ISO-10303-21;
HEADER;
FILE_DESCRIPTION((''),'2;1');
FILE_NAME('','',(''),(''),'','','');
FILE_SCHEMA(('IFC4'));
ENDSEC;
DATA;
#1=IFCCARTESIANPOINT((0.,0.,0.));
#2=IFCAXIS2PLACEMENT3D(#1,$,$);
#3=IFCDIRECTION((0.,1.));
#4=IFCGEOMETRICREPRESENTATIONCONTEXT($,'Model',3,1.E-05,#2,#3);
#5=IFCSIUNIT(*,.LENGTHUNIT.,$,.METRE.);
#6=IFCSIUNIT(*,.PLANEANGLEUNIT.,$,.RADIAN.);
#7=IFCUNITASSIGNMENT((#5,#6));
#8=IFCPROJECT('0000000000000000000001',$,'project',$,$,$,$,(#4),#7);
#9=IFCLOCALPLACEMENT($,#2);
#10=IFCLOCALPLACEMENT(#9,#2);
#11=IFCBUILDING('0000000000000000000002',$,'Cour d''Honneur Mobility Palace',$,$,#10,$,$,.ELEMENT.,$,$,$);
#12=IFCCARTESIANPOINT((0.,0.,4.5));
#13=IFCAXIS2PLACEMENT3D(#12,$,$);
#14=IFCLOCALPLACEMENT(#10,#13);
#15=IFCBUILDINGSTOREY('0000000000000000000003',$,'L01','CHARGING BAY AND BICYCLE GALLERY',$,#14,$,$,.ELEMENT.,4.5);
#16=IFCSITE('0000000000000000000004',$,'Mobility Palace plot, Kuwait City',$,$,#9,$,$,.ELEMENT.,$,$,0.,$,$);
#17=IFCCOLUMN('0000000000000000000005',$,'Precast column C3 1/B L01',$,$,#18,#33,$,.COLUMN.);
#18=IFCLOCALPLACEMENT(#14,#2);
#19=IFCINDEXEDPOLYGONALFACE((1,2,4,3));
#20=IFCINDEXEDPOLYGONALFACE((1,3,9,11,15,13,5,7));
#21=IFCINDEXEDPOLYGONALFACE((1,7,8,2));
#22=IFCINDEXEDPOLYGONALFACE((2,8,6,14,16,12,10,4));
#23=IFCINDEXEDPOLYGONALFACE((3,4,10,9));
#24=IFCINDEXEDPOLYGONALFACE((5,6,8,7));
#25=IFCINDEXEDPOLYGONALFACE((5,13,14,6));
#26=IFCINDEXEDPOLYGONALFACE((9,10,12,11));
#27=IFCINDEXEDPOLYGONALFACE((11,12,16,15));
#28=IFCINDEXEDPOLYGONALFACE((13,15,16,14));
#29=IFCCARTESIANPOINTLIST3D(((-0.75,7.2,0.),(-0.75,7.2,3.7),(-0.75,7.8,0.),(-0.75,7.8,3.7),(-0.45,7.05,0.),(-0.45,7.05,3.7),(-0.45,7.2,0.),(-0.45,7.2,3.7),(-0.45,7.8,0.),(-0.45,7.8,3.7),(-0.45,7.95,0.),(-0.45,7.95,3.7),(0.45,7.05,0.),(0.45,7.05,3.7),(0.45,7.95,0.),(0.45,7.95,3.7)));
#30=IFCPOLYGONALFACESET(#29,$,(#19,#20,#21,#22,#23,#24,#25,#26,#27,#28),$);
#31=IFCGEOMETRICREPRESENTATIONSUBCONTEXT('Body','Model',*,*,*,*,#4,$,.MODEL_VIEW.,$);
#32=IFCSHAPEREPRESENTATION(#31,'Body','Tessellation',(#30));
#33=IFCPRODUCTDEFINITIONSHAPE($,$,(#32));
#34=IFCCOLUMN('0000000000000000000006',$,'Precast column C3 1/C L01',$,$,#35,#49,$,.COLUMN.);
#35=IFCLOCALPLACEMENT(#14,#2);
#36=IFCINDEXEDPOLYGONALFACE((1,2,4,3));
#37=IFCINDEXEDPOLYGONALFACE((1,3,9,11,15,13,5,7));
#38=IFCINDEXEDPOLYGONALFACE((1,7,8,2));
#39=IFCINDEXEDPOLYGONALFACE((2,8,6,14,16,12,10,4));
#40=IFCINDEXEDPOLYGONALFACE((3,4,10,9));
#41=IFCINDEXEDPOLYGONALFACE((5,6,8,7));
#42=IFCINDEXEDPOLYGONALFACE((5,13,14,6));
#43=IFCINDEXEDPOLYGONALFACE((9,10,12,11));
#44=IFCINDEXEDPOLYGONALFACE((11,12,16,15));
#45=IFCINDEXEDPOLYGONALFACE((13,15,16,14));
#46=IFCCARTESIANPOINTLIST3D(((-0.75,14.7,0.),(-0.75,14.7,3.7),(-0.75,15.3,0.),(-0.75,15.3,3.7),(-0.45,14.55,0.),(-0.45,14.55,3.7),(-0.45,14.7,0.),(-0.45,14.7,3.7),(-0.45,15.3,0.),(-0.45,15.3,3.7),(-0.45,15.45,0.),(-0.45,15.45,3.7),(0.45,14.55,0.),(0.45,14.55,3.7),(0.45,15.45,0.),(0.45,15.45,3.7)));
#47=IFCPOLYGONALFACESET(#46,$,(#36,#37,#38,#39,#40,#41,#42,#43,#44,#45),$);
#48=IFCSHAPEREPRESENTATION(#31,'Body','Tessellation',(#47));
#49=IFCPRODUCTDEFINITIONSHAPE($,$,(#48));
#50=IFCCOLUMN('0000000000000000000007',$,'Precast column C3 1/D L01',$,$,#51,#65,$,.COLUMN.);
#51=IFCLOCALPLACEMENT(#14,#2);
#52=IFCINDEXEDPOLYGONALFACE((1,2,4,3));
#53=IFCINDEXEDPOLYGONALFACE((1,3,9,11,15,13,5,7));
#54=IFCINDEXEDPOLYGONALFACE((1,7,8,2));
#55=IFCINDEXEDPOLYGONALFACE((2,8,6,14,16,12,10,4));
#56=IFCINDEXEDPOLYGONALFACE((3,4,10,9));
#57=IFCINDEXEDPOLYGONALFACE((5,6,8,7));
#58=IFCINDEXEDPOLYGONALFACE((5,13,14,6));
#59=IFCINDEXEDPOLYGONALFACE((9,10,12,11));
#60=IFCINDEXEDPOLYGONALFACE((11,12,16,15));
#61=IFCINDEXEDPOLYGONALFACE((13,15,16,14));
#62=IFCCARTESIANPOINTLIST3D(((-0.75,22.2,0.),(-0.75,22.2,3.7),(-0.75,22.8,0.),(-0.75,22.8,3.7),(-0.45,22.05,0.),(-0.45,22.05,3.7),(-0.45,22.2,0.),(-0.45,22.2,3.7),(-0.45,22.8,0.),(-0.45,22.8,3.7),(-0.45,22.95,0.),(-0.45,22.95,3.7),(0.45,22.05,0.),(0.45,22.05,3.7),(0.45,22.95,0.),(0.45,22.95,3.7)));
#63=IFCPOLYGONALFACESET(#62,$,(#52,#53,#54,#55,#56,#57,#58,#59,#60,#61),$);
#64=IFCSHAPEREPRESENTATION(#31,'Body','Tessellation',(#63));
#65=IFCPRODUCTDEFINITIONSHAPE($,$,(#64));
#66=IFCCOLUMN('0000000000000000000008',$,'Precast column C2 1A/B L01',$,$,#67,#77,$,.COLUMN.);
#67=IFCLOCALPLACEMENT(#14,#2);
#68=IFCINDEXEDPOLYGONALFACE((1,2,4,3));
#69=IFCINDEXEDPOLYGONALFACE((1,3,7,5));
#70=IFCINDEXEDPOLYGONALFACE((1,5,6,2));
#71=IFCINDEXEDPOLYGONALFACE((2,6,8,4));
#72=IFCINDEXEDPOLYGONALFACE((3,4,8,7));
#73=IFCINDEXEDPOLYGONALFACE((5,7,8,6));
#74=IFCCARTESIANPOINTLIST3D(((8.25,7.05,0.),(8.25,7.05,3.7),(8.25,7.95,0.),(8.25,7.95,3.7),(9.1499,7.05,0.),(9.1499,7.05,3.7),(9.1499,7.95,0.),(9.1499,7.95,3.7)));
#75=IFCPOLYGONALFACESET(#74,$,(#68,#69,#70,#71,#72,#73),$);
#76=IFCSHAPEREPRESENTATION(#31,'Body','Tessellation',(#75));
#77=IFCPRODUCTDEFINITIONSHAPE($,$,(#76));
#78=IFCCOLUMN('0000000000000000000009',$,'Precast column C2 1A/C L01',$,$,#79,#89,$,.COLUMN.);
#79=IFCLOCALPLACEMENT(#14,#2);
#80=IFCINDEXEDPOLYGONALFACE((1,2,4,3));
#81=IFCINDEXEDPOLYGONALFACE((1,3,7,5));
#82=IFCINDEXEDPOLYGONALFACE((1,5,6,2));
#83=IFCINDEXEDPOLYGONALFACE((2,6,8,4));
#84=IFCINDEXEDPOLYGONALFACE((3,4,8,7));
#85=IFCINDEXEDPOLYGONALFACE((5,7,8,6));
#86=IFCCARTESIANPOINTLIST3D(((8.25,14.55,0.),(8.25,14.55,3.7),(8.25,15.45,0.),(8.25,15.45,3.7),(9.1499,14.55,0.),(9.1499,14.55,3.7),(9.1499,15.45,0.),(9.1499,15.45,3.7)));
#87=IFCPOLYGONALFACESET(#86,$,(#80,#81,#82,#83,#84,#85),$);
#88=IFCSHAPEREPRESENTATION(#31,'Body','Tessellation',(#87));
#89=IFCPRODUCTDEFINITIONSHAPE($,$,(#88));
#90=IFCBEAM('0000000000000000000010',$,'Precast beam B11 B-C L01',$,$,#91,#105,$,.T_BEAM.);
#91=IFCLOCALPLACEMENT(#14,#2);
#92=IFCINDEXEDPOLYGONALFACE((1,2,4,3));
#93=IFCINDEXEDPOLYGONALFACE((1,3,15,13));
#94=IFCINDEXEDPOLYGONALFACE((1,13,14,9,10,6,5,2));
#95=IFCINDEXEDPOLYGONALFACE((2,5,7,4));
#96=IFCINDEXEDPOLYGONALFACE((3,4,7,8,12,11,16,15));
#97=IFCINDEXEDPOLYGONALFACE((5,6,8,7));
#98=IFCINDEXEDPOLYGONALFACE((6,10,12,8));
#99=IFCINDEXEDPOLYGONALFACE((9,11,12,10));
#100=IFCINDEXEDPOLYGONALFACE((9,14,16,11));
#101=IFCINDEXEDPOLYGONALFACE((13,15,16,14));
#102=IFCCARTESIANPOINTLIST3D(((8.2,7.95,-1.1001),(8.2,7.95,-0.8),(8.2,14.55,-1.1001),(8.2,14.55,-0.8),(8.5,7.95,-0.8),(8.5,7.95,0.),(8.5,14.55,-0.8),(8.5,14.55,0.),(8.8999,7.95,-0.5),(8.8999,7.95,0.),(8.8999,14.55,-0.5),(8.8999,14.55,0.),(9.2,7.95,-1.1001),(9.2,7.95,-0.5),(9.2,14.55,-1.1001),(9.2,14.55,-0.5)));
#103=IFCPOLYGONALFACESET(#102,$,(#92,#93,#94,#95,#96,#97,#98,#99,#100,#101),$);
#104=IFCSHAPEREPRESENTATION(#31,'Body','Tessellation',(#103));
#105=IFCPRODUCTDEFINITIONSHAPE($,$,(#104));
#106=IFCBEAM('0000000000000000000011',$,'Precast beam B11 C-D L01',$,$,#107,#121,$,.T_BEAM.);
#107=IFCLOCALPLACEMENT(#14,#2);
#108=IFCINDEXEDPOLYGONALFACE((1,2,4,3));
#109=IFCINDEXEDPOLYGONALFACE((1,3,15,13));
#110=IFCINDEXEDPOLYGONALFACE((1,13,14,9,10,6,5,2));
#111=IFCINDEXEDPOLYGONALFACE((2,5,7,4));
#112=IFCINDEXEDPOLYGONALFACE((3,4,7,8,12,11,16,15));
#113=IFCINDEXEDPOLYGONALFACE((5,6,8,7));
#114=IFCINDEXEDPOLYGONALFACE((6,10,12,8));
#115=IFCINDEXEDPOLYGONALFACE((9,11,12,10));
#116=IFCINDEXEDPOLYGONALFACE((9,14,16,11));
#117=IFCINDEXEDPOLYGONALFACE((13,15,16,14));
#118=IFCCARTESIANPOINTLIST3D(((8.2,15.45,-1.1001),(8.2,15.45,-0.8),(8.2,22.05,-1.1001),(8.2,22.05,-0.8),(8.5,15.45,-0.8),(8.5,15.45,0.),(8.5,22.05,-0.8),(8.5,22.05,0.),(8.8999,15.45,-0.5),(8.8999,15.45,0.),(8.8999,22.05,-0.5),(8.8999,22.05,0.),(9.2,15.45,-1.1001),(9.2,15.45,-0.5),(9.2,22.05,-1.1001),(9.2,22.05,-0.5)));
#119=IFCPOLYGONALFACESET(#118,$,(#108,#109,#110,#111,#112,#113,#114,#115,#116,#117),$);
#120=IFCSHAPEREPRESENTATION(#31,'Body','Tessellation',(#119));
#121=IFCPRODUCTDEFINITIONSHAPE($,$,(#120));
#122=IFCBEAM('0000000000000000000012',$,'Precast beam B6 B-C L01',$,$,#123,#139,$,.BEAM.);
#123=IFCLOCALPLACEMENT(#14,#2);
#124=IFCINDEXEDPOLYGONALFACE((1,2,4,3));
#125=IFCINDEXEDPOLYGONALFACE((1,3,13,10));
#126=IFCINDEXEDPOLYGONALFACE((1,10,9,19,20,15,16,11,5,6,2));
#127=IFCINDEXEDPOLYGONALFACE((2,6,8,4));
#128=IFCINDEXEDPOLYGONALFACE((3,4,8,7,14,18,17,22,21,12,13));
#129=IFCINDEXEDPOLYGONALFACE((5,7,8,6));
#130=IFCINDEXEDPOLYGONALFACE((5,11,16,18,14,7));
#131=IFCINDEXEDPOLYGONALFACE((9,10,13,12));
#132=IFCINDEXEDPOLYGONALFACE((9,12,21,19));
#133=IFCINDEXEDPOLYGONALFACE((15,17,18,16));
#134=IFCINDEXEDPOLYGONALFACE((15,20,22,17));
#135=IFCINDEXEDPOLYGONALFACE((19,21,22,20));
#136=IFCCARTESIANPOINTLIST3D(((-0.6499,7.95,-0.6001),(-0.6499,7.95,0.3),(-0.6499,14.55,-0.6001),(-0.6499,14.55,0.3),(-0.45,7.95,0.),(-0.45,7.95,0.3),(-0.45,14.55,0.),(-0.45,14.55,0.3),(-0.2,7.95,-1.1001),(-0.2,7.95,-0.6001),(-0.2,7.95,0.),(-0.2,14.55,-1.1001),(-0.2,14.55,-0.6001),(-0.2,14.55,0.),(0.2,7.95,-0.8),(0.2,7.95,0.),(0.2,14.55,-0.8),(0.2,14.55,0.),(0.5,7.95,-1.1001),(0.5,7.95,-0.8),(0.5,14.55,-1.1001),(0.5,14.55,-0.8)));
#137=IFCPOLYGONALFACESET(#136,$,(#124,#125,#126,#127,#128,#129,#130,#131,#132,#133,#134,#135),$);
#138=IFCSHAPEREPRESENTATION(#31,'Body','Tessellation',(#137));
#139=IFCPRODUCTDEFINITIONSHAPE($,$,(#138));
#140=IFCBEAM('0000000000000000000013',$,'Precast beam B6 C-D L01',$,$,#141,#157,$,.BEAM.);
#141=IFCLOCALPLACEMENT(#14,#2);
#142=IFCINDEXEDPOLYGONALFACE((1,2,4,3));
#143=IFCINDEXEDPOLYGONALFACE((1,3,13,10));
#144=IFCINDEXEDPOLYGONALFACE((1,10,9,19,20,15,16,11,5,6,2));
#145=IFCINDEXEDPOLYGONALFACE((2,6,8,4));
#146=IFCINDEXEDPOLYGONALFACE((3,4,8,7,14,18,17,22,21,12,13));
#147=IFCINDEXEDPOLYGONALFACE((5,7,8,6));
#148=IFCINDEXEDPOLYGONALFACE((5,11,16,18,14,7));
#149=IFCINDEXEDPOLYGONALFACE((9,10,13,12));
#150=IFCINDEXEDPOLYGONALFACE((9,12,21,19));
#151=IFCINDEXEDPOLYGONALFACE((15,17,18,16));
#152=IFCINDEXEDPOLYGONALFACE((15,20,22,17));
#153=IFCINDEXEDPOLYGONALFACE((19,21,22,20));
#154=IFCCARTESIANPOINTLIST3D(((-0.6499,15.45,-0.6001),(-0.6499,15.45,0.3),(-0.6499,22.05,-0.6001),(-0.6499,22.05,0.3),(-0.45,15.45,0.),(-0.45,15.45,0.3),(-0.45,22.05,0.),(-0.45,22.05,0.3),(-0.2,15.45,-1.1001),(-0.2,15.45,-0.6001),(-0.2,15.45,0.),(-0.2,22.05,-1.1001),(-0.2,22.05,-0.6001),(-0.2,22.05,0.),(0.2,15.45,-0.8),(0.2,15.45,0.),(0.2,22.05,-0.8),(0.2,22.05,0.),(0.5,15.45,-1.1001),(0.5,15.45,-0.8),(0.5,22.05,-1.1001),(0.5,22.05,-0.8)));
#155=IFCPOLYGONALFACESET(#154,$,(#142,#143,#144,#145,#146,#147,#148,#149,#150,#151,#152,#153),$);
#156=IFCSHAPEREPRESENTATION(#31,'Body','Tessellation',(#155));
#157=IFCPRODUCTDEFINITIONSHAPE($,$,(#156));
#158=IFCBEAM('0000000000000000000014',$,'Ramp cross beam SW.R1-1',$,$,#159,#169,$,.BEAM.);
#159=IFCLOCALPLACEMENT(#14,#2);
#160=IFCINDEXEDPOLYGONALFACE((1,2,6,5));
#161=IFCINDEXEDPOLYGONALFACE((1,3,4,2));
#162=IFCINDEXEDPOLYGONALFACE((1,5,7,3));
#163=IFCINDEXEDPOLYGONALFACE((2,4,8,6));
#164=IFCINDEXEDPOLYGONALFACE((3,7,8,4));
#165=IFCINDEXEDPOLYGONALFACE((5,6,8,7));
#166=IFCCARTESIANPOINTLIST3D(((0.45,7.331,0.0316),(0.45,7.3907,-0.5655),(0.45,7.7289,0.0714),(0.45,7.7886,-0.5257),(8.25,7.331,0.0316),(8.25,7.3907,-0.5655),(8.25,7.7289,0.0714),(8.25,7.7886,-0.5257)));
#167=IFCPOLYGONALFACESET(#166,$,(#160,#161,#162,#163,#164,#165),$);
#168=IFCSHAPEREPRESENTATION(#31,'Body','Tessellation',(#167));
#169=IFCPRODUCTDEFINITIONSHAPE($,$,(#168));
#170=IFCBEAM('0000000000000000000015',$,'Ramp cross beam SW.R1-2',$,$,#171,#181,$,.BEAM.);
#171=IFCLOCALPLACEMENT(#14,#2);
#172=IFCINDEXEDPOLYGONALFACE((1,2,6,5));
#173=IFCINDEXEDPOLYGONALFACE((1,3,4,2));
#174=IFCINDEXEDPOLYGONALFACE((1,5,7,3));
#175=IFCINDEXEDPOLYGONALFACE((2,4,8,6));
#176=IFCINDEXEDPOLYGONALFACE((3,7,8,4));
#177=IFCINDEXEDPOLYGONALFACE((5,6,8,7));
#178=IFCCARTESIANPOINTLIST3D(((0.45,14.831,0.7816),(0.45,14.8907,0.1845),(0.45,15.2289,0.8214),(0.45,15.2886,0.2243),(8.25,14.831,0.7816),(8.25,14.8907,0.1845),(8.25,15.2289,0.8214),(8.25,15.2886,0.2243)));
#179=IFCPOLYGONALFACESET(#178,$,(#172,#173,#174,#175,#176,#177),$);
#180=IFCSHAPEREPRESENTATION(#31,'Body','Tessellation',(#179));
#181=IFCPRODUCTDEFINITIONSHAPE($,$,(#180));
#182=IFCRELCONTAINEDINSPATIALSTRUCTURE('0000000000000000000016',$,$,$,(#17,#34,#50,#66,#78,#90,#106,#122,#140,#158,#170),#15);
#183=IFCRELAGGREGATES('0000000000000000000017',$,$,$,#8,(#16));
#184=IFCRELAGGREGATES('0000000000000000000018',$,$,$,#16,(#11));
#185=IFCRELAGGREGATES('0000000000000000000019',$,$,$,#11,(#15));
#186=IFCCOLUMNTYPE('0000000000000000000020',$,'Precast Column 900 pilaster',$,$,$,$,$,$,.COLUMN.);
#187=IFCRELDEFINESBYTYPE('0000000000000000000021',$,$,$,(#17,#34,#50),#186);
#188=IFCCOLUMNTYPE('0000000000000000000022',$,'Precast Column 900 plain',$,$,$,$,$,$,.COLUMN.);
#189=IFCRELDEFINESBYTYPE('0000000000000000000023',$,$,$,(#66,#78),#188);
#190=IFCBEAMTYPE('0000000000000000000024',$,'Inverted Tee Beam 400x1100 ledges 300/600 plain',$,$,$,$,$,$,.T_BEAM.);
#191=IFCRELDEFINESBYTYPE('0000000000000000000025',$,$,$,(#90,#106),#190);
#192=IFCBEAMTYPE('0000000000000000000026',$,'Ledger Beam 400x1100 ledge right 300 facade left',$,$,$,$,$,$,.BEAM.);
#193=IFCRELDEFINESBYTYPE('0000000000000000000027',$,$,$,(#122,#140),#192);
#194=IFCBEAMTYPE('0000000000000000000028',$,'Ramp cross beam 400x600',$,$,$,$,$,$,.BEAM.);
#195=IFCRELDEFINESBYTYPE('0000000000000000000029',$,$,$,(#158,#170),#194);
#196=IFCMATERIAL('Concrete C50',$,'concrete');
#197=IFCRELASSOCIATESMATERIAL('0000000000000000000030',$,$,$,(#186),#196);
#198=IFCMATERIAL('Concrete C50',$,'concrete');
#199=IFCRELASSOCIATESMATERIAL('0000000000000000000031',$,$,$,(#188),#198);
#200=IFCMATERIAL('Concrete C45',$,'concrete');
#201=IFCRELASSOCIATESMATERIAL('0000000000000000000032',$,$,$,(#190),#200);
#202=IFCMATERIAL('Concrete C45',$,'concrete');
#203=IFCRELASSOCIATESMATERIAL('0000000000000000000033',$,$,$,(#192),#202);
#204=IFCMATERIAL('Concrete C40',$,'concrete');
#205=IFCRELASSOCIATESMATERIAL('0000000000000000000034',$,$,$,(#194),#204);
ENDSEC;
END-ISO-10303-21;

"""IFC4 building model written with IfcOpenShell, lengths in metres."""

from ifc_helpers import new_model, si_unit, direction, frame, origin, origin_2d, place, context, subcontext, project, spatial, polyline, rectangle, outline, extrude, material, material_profile, profile_set, type_object, element, save


model = new_model("IFC4")

# Units and contexts
model_context = context("Model", 3, precision=1e-05, world=origin(), true_north=direction((0.0, 1.0)))
body_context = subcontext(model_context, "Body", "Model", "MODEL_VIEW")
ifc_project = project(units=[si_unit("LENGTHUNIT", "METRE"), si_unit("PLANEANGLEUNIT", "RADIAN")], contexts=[model_context])

# Site, building, storey
site_placement = place(None, origin())
site = spatial("IfcSite", under=ifc_project, at=site_placement, Name="Mobility Palace plot, Kuwait City", CompositionType="ELEMENT", RefElevation=0.0)
building_placement = place(site_placement, origin())
building = spatial("IfcBuilding", under=site, at=building_placement, Name="Cour d'Honneur Mobility Palace", CompositionType="ELEMENT")
storey_placement = place(building_placement, frame((0.0, 0.0, 4.5)))
storey = spatial("IfcBuildingStorey", under=building, at=storey_placement, Name="L01", Description="CHARGING BAY AND BICYCLE GALLERY", CompositionType="ELEMENT", Elevation=4.5)

# Columns
ifc_material_1 = material(Name="Concrete C50", Category="concrete")
ifc_material_profile_1 = material_profile(ifc_material_1, outline(polyline([(-0.45, -0.45), (0.45, -0.45), (0.45, -0.3), (0.75, -0.3), (0.75, 0.3), (0.45, 0.3), (0.45, 0.45), (-0.45, 0.45), (-0.45, -0.45)])), Name="PC C900 pilaster")
ifc_profile_set_1 = profile_set([ifc_material_profile_1], Name="Concrete C50")
column_type_1 = type_object("IfcColumnType", Name="Precast Column 900 pilaster", PredefinedType="COLUMN", material=ifc_profile_set_1)
for number, where, z_axis, x_axis, name in (
    (1, (0.0, 7.5, 0.0), (0.0, 0.0, 1.0), (-1.0, 0.0, 0.0), "Precast column C3 1/B L01"),
    (2, (0.0, 15.0, 0.0), (0.0, 0.0, 1.0), (-1.0, 0.0, 0.0), "Precast column C3 1/C L01"),
    (3, (0.0, 22.5, 0.0), (0.0, 0.0, 1.0), (-1.0, 0.0, 0.0), "Precast column C3 1/D L01"),
):
    element("IfcColumn", number, at=place(storey_placement, frame(where, z_axis=z_axis, x_axis=x_axis)), inside=storey, type_object=column_type_1, Name=name, PredefinedType="COLUMN", context=body_context, shape_type="SweptSolid", body=[
        extrude(outline(polyline([(-0.45, -0.45), (0.45, -0.45), (0.45, -0.3), (0.75, -0.3), (0.75, 0.3), (0.45, 0.3), (0.45, 0.45), (-0.45, 0.45), (-0.45, -0.45)])), origin(), (0.0, 0.0, 1.0), 3.7),
    ])
ifc_material_2 = material(Name="Concrete C50", Category="concrete")
ifc_material_profile_2 = material_profile(ifc_material_2, outline(polyline([(-0.45, -0.45), (0.45, -0.45), (0.45, 0.45), (-0.45, 0.45), (-0.45, -0.45)])), Name="PC C900 plain")
ifc_profile_set_2 = profile_set([ifc_material_profile_2], Name="Concrete C50")
column_type_2 = type_object("IfcColumnType", Name="Precast Column 900 plain", PredefinedType="COLUMN", material=ifc_profile_set_2)
for number, where, z_axis, x_axis, name in (
    (4, (8.7, 7.5, 0.0), (0.0, 0.0, 1.0), (1.0, 0.0, 0.0), "Precast column C2 1A/B L01"),
    (5, (8.7, 15.0, 0.0), (0.0, 0.0, 1.0), (1.0, 0.0, 0.0), "Precast column C2 1A/C L01"),
):
    element("IfcColumn", number, at=place(storey_placement, frame(where, z_axis=z_axis, x_axis=x_axis)), inside=storey, type_object=column_type_2, Name=name, PredefinedType="COLUMN", context=body_context, shape_type="SweptSolid", body=[
        extrude(outline(polyline([(-0.45, -0.45), (0.45, -0.45), (0.45, 0.45), (-0.45, 0.45), (-0.45, -0.45)])), origin(), (0.0, 0.0, 1.0), 3.7),
    ])

# Beams
ifc_material_3 = material(Name="Concrete C45", Category="concrete")
ifc_material_profile_3 = material_profile(ifc_material_3, outline(polyline([(0.5, -1.1001), (0.5, -0.8), (0.2, -0.8), (0.2, 0.0), (-0.2, 0.0), (-0.2, -0.5), (-0.5, -0.5), (-0.5, -1.1001), (0.5, -1.1001)])), Name="Inverted Tee Beam 400x1100 ledges 300/600 plain")
ifc_profile_set_3 = profile_set([ifc_material_profile_3], Name="Concrete C45")
beam_type_1 = type_object("IfcBeamType", Name="Inverted Tee Beam 400x1100 ledges 300/600 plain", PredefinedType="T_BEAM", material=ifc_profile_set_3)
for number, where, z_axis, x_axis, name in (
    (6, (8.7, 7.95, 0.0), (0.0, 1.0, 0.0), (-1.0, 0.0, 0.0), "Precast beam B11 B-C L01"),
    (7, (8.7, 15.45, 0.0), (0.0, 1.0, 0.0), (-1.0, 0.0, 0.0), "Precast beam B11 C-D L01"),
):
    element("IfcBeam", number, at=place(storey_placement, frame(where, z_axis=z_axis, x_axis=x_axis)), inside=storey, type_object=beam_type_1, Name=name, PredefinedType="T_BEAM", context=body_context, shape_type="SweptSolid", body=[
        extrude(outline(polyline([(0.5, -1.1001), (0.5, -0.8), (0.2, -0.8), (0.2, 0.0), (-0.2, 0.0), (-0.2, -0.5), (-0.5, -0.5), (-0.5, -1.1001), (0.5, -1.1001)])), origin(), (0.0, 0.0, 1.0), 6.6001),
    ])
ifc_material_4 = material(Name="Concrete C45", Category="concrete")
ifc_material_profile_4 = material_profile(ifc_material_4, outline(polyline([(0.2, -1.1001), (0.2, -0.6001), (0.6499, -0.6001), (0.6499, 0.3), (0.45, 0.3), (0.45, 0.0), (0.2, 0.0), (-0.2, 0.0), (-0.2, -0.8), (-0.5, -0.8), (-0.5, -1.1001), (0.2, -1.1001)])), Name="Ledger Beam 400x1100 ledge right 300 facade left")
ifc_profile_set_4 = profile_set([ifc_material_profile_4], Name="Concrete C45")
beam_type_2 = type_object("IfcBeamType", Name="Ledger Beam 400x1100 ledge right 300 facade left", PredefinedType="BEAM", material=ifc_profile_set_4)
for number, where, z_axis, x_axis, name in (
    (8, (0.0, 7.95, 0.0), (0.0, 1.0, 0.0), (-1.0, 0.0, 0.0), "Precast beam B6 B-C L01"),
    (9, (0.0, 15.45, 0.0), (0.0, 1.0, 0.0), (-1.0, 0.0, 0.0), "Precast beam B6 C-D L01"),
):
    element("IfcBeam", number, at=place(storey_placement, frame(where, z_axis=z_axis, x_axis=x_axis)), inside=storey, type_object=beam_type_2, Name=name, PredefinedType="BEAM", context=body_context, shape_type="SweptSolid", body=[
        extrude(outline(polyline([(0.2, -1.1001), (0.2, -0.6001), (0.6499, -0.6001), (0.6499, 0.3), (0.45, 0.3), (0.45, 0.0), (0.2, 0.0), (-0.2, 0.0), (-0.2, -0.8), (-0.5, -0.8), (-0.5, -1.1001), (0.2, -1.1001)])), origin(), (0.0, 0.0, 1.0), 6.6001),
    ])
ifc_material_5 = material(Name="Concrete C40", Category="concrete")
ifc_material_profile_5 = material_profile(ifc_material_5, rectangle(XDim=0.3999, YDim=0.6001, at=origin_2d()), Name="Ramp cross beam 400x600")
ifc_profile_set_5 = profile_set([ifc_material_profile_5], Name="Concrete C40")
beam_type_3 = type_object("IfcBeamType", Name="Ramp cross beam 400x600", PredefinedType="BEAM", material=ifc_profile_set_5)
for number, where, z_axis, x_axis, name in (
    (10, (0.45, 7.5598, -0.2471), (1.0, 0.0, 0.0), (0.0, 0.995037, 0.099504), "Ramp cross beam SW.R1-1"),
    (11, (0.45, 15.0598, 0.5029), (1.0, 0.0, 0.0), (0.0, 0.995037, 0.099504), "Ramp cross beam SW.R1-2"),
):
    element("IfcBeam", number, at=place(storey_placement, frame(where, z_axis=z_axis, x_axis=x_axis)), inside=storey, type_object=beam_type_3, Name=name, PredefinedType="BEAM", context=body_context, shape_type="SweptSolid", body=[
        extrude(rectangle(XDim=0.3999, YDim=0.6001, at=origin_2d()), origin(), (0.0, 0.0, 1.0), 7.8),
    ])

save(model, "model.ifc")
